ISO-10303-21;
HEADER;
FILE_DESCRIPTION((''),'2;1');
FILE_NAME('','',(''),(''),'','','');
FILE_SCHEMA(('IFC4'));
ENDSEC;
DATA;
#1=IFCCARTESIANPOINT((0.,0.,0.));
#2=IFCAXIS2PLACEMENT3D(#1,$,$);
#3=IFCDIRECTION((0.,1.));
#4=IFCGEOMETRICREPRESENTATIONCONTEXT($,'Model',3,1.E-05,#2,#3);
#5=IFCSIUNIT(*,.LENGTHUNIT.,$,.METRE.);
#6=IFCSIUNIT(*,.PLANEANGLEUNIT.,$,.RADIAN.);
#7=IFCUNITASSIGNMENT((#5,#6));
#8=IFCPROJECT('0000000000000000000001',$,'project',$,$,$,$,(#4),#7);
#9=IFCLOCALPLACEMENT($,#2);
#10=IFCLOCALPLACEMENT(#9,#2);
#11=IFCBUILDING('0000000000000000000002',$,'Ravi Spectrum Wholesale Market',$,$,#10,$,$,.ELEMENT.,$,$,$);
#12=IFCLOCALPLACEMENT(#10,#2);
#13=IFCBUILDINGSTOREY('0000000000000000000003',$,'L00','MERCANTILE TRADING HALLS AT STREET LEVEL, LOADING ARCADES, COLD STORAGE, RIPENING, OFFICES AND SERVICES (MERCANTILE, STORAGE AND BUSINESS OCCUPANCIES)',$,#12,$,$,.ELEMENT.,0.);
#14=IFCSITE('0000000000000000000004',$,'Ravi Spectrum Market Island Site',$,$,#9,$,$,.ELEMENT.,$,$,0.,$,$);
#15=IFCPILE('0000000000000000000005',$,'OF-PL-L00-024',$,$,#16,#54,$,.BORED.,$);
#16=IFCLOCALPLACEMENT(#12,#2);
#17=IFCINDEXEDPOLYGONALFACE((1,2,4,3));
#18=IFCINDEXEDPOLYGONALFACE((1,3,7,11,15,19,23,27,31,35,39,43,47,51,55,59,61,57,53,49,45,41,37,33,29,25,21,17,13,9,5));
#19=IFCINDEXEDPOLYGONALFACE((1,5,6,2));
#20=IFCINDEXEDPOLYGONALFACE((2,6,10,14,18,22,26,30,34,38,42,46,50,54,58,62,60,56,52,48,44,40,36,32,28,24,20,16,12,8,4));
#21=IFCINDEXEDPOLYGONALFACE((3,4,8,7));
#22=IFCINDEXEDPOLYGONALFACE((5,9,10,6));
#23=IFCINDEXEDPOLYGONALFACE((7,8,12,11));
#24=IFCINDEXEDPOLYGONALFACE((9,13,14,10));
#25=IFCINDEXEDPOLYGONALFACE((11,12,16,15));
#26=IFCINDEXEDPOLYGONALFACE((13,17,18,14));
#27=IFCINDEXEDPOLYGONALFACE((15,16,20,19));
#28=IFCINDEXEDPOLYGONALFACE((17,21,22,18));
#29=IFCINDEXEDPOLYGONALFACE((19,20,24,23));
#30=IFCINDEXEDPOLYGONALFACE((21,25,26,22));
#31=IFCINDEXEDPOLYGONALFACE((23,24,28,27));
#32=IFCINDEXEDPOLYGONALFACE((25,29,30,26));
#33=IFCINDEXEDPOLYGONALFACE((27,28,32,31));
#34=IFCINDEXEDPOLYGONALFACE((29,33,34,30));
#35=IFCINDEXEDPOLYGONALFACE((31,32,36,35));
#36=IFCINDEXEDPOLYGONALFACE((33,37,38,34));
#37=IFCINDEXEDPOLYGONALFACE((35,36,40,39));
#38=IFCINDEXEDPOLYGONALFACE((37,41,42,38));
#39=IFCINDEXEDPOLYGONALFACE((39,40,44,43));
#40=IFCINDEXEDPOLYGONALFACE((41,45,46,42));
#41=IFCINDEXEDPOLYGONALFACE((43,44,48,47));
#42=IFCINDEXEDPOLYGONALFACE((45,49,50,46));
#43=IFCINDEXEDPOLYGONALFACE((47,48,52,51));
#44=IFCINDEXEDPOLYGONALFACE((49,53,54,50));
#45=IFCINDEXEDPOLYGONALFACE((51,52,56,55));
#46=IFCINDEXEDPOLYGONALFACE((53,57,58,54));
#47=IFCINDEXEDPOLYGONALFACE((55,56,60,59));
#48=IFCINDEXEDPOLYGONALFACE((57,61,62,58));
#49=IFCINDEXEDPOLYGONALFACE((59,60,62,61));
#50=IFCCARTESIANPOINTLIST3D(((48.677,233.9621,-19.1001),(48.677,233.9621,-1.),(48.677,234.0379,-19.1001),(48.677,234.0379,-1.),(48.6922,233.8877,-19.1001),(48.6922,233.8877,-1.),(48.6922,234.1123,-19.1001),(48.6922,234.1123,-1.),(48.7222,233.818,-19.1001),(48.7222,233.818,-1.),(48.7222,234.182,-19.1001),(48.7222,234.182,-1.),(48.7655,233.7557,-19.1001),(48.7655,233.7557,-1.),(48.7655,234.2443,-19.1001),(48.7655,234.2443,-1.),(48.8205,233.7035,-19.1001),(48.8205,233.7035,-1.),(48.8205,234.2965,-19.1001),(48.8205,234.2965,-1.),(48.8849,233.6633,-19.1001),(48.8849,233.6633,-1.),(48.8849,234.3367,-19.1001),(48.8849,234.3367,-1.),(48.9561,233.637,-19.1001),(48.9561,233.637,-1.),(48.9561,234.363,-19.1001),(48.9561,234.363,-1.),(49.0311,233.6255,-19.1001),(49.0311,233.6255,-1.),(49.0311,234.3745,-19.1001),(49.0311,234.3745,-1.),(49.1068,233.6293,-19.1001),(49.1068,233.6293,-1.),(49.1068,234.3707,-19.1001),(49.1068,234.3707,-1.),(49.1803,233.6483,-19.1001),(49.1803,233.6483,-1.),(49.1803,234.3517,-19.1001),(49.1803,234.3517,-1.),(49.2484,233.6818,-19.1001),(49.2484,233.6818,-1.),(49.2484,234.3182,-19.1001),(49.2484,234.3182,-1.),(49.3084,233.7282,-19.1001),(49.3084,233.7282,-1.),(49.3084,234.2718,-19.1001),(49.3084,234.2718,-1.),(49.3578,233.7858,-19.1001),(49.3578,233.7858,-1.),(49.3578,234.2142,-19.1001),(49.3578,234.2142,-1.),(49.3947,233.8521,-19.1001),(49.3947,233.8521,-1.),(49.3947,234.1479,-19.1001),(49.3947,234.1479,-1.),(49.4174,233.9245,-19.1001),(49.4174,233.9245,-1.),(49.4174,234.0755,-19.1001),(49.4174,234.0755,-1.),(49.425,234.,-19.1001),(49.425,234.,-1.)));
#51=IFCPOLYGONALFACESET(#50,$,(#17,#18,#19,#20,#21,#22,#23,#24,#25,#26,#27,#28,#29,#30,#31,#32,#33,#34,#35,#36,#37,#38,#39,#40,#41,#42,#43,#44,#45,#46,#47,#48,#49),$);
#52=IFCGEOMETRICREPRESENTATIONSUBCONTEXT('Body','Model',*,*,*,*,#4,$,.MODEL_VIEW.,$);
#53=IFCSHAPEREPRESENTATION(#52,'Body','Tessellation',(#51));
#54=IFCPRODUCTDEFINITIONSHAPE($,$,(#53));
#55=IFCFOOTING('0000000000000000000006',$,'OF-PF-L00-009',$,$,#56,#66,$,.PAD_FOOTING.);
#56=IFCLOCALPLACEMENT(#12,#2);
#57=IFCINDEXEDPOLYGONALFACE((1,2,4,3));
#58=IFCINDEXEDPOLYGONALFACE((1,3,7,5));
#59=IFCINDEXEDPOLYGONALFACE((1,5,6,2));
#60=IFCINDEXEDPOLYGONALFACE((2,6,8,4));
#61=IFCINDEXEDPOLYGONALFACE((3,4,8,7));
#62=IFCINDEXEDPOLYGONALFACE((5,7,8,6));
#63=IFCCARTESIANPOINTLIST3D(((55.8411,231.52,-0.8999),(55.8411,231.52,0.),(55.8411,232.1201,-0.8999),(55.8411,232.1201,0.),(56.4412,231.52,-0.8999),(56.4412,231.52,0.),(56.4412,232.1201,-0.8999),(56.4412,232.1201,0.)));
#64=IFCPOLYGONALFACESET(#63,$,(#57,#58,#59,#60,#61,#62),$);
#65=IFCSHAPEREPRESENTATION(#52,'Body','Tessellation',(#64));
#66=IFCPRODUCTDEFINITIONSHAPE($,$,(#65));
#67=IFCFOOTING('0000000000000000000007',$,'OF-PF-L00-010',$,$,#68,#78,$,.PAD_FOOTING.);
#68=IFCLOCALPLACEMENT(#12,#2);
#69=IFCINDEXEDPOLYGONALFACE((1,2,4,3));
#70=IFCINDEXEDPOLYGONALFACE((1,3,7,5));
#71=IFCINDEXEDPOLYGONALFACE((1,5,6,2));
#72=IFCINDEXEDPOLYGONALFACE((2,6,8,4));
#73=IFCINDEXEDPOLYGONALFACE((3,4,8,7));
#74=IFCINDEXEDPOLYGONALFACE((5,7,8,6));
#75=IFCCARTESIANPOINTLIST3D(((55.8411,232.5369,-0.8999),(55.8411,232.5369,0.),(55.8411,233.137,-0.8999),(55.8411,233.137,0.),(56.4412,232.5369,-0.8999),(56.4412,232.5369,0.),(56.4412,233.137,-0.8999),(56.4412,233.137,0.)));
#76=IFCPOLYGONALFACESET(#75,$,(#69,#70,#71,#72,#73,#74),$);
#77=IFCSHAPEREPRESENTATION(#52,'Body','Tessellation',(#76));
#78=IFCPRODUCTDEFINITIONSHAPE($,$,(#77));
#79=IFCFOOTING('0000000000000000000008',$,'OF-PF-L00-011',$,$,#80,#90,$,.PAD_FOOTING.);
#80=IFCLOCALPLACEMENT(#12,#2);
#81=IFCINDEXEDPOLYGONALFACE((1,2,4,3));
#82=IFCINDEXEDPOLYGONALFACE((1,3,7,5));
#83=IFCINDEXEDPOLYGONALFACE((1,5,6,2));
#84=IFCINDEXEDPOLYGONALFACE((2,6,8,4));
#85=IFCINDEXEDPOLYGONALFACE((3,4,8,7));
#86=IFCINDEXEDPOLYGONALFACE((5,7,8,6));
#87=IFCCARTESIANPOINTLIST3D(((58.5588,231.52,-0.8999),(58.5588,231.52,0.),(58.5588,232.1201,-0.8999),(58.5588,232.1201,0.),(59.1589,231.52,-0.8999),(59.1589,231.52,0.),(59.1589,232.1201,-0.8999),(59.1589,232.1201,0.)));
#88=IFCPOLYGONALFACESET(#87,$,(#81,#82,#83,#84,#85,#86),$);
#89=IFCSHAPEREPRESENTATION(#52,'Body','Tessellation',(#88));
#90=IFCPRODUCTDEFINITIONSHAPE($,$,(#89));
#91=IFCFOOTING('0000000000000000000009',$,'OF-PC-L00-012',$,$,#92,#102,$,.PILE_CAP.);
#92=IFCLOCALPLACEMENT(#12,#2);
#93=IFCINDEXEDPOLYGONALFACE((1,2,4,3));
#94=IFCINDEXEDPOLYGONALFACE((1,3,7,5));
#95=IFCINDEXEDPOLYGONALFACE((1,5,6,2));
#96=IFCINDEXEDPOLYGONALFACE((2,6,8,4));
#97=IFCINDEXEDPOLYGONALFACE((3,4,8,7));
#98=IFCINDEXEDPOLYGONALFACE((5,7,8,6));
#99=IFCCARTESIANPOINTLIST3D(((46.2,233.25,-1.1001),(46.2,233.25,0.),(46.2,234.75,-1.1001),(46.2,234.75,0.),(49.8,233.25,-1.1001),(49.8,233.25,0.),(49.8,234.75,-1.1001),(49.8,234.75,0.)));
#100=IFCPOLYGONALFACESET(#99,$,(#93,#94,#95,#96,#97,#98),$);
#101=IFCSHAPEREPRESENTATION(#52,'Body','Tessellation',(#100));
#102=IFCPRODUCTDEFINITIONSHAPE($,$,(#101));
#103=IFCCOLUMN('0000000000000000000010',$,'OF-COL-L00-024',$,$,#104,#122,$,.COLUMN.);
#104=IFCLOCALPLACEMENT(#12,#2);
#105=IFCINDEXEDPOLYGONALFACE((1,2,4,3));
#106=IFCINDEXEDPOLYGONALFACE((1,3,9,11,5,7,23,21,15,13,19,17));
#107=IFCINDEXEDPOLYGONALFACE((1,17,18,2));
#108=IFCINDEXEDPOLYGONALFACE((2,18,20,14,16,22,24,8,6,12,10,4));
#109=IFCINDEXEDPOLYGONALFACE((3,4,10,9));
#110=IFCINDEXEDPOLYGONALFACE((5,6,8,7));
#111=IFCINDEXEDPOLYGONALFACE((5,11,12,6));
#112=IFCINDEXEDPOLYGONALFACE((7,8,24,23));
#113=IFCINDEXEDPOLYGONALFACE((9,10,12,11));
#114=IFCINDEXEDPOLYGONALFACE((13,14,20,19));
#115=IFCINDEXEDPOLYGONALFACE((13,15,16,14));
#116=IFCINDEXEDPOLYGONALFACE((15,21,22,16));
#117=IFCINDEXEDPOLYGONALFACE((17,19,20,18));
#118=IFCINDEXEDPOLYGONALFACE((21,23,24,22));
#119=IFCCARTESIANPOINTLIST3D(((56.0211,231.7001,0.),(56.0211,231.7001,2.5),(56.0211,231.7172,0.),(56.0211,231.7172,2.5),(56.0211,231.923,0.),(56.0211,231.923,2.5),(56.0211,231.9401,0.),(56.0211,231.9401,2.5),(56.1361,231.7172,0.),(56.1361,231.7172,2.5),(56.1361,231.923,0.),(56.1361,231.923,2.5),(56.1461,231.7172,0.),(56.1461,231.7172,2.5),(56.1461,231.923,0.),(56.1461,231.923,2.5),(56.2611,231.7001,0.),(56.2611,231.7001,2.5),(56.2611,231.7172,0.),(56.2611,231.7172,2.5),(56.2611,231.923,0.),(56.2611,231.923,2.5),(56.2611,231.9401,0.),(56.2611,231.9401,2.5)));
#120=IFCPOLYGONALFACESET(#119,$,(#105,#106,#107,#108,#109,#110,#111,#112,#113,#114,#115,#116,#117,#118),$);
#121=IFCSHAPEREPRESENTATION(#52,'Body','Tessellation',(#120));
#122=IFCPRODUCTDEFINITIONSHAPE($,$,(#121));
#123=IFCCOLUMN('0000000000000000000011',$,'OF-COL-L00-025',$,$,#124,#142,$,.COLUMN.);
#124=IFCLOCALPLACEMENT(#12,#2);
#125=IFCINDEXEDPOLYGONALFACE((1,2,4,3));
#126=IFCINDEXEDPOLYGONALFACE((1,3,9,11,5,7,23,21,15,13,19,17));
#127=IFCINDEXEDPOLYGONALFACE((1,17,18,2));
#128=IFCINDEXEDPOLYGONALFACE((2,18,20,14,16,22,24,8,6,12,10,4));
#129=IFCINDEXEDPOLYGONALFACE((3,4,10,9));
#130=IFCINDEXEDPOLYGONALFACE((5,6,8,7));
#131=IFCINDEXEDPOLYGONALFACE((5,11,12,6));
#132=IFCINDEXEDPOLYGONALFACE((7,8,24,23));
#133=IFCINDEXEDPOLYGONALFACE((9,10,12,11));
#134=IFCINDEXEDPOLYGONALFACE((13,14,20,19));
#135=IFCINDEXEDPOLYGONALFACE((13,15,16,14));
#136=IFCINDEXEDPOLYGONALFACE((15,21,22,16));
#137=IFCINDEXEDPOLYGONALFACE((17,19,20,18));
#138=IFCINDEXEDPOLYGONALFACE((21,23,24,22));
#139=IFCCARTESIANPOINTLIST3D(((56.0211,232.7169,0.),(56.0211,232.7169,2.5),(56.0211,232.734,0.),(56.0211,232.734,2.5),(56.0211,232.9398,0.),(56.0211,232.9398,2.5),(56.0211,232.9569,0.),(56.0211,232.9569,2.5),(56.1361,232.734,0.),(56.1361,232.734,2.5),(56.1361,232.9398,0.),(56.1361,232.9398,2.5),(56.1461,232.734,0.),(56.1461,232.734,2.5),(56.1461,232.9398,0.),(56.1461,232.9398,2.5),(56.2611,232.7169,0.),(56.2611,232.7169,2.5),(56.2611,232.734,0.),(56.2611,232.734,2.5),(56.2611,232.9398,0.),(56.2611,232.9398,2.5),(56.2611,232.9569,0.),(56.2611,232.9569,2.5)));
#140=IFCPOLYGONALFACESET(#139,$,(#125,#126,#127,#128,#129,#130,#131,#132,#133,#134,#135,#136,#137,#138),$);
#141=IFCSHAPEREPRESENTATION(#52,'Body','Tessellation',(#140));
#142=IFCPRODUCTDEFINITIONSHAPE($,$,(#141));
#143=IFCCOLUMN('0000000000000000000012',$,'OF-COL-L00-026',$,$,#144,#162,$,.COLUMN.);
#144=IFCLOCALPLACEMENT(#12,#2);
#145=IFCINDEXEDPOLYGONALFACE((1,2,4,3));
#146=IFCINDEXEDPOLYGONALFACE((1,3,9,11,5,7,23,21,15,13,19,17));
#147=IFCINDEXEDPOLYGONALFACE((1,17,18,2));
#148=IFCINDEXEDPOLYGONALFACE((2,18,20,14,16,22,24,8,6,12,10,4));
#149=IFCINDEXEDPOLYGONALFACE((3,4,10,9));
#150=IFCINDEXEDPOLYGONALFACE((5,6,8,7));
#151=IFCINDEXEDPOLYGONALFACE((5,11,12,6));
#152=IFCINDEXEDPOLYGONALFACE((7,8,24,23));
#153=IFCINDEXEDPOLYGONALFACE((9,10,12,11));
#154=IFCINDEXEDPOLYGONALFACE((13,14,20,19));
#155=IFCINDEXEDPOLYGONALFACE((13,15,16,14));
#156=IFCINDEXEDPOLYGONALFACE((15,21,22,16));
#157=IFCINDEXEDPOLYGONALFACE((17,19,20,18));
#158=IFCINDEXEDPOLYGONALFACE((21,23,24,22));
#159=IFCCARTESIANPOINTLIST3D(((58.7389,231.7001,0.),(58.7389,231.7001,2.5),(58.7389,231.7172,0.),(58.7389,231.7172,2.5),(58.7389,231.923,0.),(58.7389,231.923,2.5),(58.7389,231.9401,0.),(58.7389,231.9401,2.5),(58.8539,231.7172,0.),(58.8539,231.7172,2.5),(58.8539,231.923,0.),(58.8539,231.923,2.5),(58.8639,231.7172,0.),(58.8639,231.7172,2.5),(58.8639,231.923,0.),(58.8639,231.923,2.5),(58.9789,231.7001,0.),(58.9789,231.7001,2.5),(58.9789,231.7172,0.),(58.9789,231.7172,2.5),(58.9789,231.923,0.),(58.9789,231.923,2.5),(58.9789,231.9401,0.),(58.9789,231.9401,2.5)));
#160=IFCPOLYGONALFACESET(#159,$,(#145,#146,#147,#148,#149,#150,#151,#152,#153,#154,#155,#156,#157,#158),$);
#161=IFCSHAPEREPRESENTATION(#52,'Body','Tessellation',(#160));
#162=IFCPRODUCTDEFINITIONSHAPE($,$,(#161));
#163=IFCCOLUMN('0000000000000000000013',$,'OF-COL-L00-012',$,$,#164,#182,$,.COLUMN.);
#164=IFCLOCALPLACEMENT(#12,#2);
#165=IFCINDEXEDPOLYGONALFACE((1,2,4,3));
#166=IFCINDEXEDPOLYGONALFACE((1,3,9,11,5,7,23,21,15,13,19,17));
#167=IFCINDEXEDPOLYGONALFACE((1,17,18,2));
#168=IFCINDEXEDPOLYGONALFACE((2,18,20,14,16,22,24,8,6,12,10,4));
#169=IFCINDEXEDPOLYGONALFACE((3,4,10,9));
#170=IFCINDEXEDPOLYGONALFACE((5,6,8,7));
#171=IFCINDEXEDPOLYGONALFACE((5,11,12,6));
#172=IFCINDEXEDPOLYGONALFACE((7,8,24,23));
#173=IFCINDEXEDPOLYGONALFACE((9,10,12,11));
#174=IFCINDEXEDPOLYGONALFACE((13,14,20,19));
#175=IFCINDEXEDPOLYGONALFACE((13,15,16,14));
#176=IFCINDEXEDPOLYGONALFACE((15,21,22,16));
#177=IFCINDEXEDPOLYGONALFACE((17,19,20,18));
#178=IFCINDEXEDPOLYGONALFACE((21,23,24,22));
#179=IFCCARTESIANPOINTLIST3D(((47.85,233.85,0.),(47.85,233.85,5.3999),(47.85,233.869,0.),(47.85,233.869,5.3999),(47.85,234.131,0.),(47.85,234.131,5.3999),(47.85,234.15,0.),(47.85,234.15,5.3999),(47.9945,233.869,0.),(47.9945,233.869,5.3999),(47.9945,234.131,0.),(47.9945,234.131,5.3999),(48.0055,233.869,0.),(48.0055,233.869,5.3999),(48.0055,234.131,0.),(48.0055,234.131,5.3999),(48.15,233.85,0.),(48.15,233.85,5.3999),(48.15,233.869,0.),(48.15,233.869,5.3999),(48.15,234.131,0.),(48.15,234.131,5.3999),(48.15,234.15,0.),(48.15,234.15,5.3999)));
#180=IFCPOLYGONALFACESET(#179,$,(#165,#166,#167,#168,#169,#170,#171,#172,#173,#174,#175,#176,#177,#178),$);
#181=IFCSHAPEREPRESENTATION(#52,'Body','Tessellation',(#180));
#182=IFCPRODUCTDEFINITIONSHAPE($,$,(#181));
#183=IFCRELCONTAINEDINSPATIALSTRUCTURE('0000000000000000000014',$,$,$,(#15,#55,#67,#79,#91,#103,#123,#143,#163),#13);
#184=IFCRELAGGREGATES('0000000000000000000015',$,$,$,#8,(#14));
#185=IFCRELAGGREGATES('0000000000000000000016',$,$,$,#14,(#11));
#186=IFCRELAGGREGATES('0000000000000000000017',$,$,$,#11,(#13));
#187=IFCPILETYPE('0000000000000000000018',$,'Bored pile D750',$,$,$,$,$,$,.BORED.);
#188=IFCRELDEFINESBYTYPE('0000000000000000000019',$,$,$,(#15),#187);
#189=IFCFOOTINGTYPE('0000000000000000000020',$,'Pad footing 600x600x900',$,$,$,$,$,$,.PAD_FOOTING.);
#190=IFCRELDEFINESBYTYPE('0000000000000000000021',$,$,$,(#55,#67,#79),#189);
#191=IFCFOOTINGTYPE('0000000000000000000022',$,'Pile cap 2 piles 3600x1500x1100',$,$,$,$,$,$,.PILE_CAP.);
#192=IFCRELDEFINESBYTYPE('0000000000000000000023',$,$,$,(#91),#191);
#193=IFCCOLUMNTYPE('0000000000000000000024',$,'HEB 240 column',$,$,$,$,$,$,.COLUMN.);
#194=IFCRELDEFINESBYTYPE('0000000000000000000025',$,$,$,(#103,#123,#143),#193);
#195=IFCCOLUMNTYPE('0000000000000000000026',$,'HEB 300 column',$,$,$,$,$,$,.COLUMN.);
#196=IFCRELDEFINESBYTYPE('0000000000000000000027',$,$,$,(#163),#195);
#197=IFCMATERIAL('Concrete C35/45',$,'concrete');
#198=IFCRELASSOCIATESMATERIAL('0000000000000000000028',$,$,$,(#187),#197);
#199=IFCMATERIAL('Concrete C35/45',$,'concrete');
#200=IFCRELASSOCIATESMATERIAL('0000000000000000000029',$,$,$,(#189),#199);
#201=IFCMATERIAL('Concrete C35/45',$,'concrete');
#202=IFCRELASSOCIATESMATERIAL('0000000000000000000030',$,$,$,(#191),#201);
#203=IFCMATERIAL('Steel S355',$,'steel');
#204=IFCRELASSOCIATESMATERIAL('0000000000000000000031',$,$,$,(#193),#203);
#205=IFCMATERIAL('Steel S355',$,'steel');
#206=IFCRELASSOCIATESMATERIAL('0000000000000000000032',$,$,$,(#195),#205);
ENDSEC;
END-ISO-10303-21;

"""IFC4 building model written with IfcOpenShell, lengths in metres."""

from ifc_helpers import new_model, si_unit, direction, frame, origin, origin_2d, place, context, subcontext, project, spatial, rectangle, circle, i_section, extrude, material, material_profile, profile_set, type_object, element, save


model = new_model("IFC4")

# Units and contexts
model_context = context("Model", 3, precision=1e-05, world=origin(), true_north=direction((0.0, 1.0)))
body_context = subcontext(model_context, "Body", "Model", "MODEL_VIEW")
ifc_project = project(units=[si_unit("LENGTHUNIT", "METRE"), si_unit("PLANEANGLEUNIT", "RADIAN")], contexts=[model_context])

# Site, building, storey
site_placement = place(None, origin())
site = spatial("IfcSite", under=ifc_project, at=site_placement, Name="Ravi Spectrum Market Island Site", CompositionType="ELEMENT", RefElevation=0.0)
building_placement = place(site_placement, origin())
building = spatial("IfcBuilding", under=site, at=building_placement, Name="Ravi Spectrum Wholesale Market", CompositionType="ELEMENT")
storey_placement = place(building_placement, origin())
storey = spatial("IfcBuildingStorey", under=building, at=storey_placement, Name="L00", Description="MERCANTILE TRADING HALLS AT STREET LEVEL, LOADING ARCADES, COLD STORAGE, RIPENING, OFFICES AND SERVICES (MERCANTILE, STORAGE AND BUSINESS OCCUPANCIES)", CompositionType="ELEMENT", Elevation=0.0)

# Pile
ifc_material_1 = material(Name="Concrete C35/45", Category="concrete")
ifc_material_profile_1 = material_profile(ifc_material_1, circle(Radius=0.375, at=origin_2d()))
ifc_profile_set_1 = profile_set([ifc_material_profile_1], Name="Concrete C35/45")
pile_type = type_object("IfcPileType", Name="Bored pile D750", PredefinedType="BORED", material=ifc_profile_set_1)
pile_placement = place(storey_placement, frame((49.05, 234.0, -1.0), z_axis=(0.0, 0.0, -1.0), x_axis=(1.0, 0.0, 0.0)))
element("IfcPile", 1, at=pile_placement, inside=storey, type_object=pile_type, Name="OF-PL-L00-024", PredefinedType="BORED", context=body_context, shape_type="SweptSolid", body=[
    extrude(circle(Radius=0.375, at=origin_2d()), origin(), (0.0, 0.0, 1.0), 18.1001),
])

# Footings
ifc_material_2 = material(Name="Concrete C35/45", Category="concrete")
footing_type_1 = type_object("IfcFootingType", Name="Pad footing 600x600x900", PredefinedType="PAD_FOOTING", material=ifc_material_2)
for number, where, z_axis, x_axis, name in (
    (2, (56.1411, 231.8201, -0.8999), (0.0, 0.0, 1.0), (1.0, 0.0, 0.0), "OF-PF-L00-009"),
    (3, (56.1411, 232.8369, -0.8999), (0.0, 0.0, 1.0), (1.0, 0.0, 0.0), "OF-PF-L00-010"),
    (4, (58.8589, 231.8201, -0.8999), (0.0, 0.0, 1.0), (1.0, 0.0, 0.0), "OF-PF-L00-011"),
):
    element("IfcFooting", number, at=place(storey_placement, frame(where, z_axis=z_axis, x_axis=x_axis)), inside=storey, type_object=footing_type_1, Name=name, PredefinedType="PAD_FOOTING", context=body_context, shape_type="SweptSolid", body=[
        extrude(rectangle(XDim=0.6001, YDim=0.6001, at=origin_2d()), origin(), (0.0, 0.0, 1.0), 0.8999),
    ])
ifc_material_3 = material(Name="Concrete C35/45", Category="concrete")
footing_type_2 = type_object("IfcFootingType", Name="Pile cap 2 piles 3600x1500x1100", PredefinedType="PILE_CAP", material=ifc_material_3)
footing_placement = place(storey_placement, frame((48.0, 234.0, -1.1001), z_axis=(0.0, 0.0, 1.0), x_axis=(1.0, 0.0, 0.0)))
element("IfcFooting", 5, at=footing_placement, inside=storey, type_object=footing_type_2, Name="OF-PC-L00-012", PredefinedType="PILE_CAP", context=body_context, shape_type="SweptSolid", body=[
    extrude(rectangle(XDim=3.6001, YDim=1.5, at=origin_2d()), origin(), (0.0, 0.0, 1.0), 1.1001),
])

# Columns
ifc_material_4 = material(Name="Steel S355", Category="steel")
ifc_material_profile_2 = material_profile(ifc_material_4, i_section(OverallWidth=0.24, OverallDepth=0.24, WebThickness=0.01, FlangeThickness=0.0171, at=origin_2d()))
ifc_profile_set_2 = profile_set([ifc_material_profile_2], Name="Steel S355")
column_type_1 = type_object("IfcColumnType", Name="HEB 240 column", PredefinedType="COLUMN", material=ifc_profile_set_2)
for number, where, z_axis, x_axis, name in (
    (6, (56.1411, 231.8201, 0.0), (0.0, 0.0, 1.0), (1.0, 0.0, 0.0), "OF-COL-L00-024"),
    (7, (56.1411, 232.8369, 0.0), (0.0, 0.0, 1.0), (1.0, 0.0, 0.0), "OF-COL-L00-025"),
    (8, (58.8589, 231.8201, 0.0), (0.0, 0.0, 1.0), (1.0, 0.0, 0.0), "OF-COL-L00-026"),
):
    element("IfcColumn", number, at=place(storey_placement, frame(where, z_axis=z_axis, x_axis=x_axis)), inside=storey, type_object=column_type_1, Name=name, PredefinedType="COLUMN", context=body_context, shape_type="SweptSolid", body=[
        extrude(i_section(OverallWidth=0.24, OverallDepth=0.24, WebThickness=0.01, FlangeThickness=0.0171, at=origin_2d()), origin(), (0.0, 0.0, 1.0), 2.5),
    ])
ifc_material_5 = material(Name="Steel S355", Category="steel")
ifc_material_profile_3 = material_profile(ifc_material_5, i_section(OverallWidth=0.3, OverallDepth=0.3, WebThickness=0.011, FlangeThickness=0.019, at=origin_2d()))
ifc_profile_set_3 = profile_set([ifc_material_profile_3], Name="Steel S355")
column_type_2 = type_object("IfcColumnType", Name="HEB 300 column", PredefinedType="COLUMN", material=ifc_profile_set_3)
column_placement = place(storey_placement, frame((48.0, 234.0, 0.0), z_axis=(0.0, 0.0, 1.0), x_axis=(1.0, 0.0, 0.0)))
element("IfcColumn", 9, at=column_placement, inside=storey, type_object=column_type_2, Name="OF-COL-L00-012", PredefinedType="COLUMN", context=body_context, shape_type="SweptSolid", body=[
    extrude(i_section(OverallWidth=0.3, OverallDepth=0.3, WebThickness=0.011, FlangeThickness=0.019, at=origin_2d()), origin(), (0.0, 0.0, 1.0), 5.3999),
])

save(model, "model.ifc")
